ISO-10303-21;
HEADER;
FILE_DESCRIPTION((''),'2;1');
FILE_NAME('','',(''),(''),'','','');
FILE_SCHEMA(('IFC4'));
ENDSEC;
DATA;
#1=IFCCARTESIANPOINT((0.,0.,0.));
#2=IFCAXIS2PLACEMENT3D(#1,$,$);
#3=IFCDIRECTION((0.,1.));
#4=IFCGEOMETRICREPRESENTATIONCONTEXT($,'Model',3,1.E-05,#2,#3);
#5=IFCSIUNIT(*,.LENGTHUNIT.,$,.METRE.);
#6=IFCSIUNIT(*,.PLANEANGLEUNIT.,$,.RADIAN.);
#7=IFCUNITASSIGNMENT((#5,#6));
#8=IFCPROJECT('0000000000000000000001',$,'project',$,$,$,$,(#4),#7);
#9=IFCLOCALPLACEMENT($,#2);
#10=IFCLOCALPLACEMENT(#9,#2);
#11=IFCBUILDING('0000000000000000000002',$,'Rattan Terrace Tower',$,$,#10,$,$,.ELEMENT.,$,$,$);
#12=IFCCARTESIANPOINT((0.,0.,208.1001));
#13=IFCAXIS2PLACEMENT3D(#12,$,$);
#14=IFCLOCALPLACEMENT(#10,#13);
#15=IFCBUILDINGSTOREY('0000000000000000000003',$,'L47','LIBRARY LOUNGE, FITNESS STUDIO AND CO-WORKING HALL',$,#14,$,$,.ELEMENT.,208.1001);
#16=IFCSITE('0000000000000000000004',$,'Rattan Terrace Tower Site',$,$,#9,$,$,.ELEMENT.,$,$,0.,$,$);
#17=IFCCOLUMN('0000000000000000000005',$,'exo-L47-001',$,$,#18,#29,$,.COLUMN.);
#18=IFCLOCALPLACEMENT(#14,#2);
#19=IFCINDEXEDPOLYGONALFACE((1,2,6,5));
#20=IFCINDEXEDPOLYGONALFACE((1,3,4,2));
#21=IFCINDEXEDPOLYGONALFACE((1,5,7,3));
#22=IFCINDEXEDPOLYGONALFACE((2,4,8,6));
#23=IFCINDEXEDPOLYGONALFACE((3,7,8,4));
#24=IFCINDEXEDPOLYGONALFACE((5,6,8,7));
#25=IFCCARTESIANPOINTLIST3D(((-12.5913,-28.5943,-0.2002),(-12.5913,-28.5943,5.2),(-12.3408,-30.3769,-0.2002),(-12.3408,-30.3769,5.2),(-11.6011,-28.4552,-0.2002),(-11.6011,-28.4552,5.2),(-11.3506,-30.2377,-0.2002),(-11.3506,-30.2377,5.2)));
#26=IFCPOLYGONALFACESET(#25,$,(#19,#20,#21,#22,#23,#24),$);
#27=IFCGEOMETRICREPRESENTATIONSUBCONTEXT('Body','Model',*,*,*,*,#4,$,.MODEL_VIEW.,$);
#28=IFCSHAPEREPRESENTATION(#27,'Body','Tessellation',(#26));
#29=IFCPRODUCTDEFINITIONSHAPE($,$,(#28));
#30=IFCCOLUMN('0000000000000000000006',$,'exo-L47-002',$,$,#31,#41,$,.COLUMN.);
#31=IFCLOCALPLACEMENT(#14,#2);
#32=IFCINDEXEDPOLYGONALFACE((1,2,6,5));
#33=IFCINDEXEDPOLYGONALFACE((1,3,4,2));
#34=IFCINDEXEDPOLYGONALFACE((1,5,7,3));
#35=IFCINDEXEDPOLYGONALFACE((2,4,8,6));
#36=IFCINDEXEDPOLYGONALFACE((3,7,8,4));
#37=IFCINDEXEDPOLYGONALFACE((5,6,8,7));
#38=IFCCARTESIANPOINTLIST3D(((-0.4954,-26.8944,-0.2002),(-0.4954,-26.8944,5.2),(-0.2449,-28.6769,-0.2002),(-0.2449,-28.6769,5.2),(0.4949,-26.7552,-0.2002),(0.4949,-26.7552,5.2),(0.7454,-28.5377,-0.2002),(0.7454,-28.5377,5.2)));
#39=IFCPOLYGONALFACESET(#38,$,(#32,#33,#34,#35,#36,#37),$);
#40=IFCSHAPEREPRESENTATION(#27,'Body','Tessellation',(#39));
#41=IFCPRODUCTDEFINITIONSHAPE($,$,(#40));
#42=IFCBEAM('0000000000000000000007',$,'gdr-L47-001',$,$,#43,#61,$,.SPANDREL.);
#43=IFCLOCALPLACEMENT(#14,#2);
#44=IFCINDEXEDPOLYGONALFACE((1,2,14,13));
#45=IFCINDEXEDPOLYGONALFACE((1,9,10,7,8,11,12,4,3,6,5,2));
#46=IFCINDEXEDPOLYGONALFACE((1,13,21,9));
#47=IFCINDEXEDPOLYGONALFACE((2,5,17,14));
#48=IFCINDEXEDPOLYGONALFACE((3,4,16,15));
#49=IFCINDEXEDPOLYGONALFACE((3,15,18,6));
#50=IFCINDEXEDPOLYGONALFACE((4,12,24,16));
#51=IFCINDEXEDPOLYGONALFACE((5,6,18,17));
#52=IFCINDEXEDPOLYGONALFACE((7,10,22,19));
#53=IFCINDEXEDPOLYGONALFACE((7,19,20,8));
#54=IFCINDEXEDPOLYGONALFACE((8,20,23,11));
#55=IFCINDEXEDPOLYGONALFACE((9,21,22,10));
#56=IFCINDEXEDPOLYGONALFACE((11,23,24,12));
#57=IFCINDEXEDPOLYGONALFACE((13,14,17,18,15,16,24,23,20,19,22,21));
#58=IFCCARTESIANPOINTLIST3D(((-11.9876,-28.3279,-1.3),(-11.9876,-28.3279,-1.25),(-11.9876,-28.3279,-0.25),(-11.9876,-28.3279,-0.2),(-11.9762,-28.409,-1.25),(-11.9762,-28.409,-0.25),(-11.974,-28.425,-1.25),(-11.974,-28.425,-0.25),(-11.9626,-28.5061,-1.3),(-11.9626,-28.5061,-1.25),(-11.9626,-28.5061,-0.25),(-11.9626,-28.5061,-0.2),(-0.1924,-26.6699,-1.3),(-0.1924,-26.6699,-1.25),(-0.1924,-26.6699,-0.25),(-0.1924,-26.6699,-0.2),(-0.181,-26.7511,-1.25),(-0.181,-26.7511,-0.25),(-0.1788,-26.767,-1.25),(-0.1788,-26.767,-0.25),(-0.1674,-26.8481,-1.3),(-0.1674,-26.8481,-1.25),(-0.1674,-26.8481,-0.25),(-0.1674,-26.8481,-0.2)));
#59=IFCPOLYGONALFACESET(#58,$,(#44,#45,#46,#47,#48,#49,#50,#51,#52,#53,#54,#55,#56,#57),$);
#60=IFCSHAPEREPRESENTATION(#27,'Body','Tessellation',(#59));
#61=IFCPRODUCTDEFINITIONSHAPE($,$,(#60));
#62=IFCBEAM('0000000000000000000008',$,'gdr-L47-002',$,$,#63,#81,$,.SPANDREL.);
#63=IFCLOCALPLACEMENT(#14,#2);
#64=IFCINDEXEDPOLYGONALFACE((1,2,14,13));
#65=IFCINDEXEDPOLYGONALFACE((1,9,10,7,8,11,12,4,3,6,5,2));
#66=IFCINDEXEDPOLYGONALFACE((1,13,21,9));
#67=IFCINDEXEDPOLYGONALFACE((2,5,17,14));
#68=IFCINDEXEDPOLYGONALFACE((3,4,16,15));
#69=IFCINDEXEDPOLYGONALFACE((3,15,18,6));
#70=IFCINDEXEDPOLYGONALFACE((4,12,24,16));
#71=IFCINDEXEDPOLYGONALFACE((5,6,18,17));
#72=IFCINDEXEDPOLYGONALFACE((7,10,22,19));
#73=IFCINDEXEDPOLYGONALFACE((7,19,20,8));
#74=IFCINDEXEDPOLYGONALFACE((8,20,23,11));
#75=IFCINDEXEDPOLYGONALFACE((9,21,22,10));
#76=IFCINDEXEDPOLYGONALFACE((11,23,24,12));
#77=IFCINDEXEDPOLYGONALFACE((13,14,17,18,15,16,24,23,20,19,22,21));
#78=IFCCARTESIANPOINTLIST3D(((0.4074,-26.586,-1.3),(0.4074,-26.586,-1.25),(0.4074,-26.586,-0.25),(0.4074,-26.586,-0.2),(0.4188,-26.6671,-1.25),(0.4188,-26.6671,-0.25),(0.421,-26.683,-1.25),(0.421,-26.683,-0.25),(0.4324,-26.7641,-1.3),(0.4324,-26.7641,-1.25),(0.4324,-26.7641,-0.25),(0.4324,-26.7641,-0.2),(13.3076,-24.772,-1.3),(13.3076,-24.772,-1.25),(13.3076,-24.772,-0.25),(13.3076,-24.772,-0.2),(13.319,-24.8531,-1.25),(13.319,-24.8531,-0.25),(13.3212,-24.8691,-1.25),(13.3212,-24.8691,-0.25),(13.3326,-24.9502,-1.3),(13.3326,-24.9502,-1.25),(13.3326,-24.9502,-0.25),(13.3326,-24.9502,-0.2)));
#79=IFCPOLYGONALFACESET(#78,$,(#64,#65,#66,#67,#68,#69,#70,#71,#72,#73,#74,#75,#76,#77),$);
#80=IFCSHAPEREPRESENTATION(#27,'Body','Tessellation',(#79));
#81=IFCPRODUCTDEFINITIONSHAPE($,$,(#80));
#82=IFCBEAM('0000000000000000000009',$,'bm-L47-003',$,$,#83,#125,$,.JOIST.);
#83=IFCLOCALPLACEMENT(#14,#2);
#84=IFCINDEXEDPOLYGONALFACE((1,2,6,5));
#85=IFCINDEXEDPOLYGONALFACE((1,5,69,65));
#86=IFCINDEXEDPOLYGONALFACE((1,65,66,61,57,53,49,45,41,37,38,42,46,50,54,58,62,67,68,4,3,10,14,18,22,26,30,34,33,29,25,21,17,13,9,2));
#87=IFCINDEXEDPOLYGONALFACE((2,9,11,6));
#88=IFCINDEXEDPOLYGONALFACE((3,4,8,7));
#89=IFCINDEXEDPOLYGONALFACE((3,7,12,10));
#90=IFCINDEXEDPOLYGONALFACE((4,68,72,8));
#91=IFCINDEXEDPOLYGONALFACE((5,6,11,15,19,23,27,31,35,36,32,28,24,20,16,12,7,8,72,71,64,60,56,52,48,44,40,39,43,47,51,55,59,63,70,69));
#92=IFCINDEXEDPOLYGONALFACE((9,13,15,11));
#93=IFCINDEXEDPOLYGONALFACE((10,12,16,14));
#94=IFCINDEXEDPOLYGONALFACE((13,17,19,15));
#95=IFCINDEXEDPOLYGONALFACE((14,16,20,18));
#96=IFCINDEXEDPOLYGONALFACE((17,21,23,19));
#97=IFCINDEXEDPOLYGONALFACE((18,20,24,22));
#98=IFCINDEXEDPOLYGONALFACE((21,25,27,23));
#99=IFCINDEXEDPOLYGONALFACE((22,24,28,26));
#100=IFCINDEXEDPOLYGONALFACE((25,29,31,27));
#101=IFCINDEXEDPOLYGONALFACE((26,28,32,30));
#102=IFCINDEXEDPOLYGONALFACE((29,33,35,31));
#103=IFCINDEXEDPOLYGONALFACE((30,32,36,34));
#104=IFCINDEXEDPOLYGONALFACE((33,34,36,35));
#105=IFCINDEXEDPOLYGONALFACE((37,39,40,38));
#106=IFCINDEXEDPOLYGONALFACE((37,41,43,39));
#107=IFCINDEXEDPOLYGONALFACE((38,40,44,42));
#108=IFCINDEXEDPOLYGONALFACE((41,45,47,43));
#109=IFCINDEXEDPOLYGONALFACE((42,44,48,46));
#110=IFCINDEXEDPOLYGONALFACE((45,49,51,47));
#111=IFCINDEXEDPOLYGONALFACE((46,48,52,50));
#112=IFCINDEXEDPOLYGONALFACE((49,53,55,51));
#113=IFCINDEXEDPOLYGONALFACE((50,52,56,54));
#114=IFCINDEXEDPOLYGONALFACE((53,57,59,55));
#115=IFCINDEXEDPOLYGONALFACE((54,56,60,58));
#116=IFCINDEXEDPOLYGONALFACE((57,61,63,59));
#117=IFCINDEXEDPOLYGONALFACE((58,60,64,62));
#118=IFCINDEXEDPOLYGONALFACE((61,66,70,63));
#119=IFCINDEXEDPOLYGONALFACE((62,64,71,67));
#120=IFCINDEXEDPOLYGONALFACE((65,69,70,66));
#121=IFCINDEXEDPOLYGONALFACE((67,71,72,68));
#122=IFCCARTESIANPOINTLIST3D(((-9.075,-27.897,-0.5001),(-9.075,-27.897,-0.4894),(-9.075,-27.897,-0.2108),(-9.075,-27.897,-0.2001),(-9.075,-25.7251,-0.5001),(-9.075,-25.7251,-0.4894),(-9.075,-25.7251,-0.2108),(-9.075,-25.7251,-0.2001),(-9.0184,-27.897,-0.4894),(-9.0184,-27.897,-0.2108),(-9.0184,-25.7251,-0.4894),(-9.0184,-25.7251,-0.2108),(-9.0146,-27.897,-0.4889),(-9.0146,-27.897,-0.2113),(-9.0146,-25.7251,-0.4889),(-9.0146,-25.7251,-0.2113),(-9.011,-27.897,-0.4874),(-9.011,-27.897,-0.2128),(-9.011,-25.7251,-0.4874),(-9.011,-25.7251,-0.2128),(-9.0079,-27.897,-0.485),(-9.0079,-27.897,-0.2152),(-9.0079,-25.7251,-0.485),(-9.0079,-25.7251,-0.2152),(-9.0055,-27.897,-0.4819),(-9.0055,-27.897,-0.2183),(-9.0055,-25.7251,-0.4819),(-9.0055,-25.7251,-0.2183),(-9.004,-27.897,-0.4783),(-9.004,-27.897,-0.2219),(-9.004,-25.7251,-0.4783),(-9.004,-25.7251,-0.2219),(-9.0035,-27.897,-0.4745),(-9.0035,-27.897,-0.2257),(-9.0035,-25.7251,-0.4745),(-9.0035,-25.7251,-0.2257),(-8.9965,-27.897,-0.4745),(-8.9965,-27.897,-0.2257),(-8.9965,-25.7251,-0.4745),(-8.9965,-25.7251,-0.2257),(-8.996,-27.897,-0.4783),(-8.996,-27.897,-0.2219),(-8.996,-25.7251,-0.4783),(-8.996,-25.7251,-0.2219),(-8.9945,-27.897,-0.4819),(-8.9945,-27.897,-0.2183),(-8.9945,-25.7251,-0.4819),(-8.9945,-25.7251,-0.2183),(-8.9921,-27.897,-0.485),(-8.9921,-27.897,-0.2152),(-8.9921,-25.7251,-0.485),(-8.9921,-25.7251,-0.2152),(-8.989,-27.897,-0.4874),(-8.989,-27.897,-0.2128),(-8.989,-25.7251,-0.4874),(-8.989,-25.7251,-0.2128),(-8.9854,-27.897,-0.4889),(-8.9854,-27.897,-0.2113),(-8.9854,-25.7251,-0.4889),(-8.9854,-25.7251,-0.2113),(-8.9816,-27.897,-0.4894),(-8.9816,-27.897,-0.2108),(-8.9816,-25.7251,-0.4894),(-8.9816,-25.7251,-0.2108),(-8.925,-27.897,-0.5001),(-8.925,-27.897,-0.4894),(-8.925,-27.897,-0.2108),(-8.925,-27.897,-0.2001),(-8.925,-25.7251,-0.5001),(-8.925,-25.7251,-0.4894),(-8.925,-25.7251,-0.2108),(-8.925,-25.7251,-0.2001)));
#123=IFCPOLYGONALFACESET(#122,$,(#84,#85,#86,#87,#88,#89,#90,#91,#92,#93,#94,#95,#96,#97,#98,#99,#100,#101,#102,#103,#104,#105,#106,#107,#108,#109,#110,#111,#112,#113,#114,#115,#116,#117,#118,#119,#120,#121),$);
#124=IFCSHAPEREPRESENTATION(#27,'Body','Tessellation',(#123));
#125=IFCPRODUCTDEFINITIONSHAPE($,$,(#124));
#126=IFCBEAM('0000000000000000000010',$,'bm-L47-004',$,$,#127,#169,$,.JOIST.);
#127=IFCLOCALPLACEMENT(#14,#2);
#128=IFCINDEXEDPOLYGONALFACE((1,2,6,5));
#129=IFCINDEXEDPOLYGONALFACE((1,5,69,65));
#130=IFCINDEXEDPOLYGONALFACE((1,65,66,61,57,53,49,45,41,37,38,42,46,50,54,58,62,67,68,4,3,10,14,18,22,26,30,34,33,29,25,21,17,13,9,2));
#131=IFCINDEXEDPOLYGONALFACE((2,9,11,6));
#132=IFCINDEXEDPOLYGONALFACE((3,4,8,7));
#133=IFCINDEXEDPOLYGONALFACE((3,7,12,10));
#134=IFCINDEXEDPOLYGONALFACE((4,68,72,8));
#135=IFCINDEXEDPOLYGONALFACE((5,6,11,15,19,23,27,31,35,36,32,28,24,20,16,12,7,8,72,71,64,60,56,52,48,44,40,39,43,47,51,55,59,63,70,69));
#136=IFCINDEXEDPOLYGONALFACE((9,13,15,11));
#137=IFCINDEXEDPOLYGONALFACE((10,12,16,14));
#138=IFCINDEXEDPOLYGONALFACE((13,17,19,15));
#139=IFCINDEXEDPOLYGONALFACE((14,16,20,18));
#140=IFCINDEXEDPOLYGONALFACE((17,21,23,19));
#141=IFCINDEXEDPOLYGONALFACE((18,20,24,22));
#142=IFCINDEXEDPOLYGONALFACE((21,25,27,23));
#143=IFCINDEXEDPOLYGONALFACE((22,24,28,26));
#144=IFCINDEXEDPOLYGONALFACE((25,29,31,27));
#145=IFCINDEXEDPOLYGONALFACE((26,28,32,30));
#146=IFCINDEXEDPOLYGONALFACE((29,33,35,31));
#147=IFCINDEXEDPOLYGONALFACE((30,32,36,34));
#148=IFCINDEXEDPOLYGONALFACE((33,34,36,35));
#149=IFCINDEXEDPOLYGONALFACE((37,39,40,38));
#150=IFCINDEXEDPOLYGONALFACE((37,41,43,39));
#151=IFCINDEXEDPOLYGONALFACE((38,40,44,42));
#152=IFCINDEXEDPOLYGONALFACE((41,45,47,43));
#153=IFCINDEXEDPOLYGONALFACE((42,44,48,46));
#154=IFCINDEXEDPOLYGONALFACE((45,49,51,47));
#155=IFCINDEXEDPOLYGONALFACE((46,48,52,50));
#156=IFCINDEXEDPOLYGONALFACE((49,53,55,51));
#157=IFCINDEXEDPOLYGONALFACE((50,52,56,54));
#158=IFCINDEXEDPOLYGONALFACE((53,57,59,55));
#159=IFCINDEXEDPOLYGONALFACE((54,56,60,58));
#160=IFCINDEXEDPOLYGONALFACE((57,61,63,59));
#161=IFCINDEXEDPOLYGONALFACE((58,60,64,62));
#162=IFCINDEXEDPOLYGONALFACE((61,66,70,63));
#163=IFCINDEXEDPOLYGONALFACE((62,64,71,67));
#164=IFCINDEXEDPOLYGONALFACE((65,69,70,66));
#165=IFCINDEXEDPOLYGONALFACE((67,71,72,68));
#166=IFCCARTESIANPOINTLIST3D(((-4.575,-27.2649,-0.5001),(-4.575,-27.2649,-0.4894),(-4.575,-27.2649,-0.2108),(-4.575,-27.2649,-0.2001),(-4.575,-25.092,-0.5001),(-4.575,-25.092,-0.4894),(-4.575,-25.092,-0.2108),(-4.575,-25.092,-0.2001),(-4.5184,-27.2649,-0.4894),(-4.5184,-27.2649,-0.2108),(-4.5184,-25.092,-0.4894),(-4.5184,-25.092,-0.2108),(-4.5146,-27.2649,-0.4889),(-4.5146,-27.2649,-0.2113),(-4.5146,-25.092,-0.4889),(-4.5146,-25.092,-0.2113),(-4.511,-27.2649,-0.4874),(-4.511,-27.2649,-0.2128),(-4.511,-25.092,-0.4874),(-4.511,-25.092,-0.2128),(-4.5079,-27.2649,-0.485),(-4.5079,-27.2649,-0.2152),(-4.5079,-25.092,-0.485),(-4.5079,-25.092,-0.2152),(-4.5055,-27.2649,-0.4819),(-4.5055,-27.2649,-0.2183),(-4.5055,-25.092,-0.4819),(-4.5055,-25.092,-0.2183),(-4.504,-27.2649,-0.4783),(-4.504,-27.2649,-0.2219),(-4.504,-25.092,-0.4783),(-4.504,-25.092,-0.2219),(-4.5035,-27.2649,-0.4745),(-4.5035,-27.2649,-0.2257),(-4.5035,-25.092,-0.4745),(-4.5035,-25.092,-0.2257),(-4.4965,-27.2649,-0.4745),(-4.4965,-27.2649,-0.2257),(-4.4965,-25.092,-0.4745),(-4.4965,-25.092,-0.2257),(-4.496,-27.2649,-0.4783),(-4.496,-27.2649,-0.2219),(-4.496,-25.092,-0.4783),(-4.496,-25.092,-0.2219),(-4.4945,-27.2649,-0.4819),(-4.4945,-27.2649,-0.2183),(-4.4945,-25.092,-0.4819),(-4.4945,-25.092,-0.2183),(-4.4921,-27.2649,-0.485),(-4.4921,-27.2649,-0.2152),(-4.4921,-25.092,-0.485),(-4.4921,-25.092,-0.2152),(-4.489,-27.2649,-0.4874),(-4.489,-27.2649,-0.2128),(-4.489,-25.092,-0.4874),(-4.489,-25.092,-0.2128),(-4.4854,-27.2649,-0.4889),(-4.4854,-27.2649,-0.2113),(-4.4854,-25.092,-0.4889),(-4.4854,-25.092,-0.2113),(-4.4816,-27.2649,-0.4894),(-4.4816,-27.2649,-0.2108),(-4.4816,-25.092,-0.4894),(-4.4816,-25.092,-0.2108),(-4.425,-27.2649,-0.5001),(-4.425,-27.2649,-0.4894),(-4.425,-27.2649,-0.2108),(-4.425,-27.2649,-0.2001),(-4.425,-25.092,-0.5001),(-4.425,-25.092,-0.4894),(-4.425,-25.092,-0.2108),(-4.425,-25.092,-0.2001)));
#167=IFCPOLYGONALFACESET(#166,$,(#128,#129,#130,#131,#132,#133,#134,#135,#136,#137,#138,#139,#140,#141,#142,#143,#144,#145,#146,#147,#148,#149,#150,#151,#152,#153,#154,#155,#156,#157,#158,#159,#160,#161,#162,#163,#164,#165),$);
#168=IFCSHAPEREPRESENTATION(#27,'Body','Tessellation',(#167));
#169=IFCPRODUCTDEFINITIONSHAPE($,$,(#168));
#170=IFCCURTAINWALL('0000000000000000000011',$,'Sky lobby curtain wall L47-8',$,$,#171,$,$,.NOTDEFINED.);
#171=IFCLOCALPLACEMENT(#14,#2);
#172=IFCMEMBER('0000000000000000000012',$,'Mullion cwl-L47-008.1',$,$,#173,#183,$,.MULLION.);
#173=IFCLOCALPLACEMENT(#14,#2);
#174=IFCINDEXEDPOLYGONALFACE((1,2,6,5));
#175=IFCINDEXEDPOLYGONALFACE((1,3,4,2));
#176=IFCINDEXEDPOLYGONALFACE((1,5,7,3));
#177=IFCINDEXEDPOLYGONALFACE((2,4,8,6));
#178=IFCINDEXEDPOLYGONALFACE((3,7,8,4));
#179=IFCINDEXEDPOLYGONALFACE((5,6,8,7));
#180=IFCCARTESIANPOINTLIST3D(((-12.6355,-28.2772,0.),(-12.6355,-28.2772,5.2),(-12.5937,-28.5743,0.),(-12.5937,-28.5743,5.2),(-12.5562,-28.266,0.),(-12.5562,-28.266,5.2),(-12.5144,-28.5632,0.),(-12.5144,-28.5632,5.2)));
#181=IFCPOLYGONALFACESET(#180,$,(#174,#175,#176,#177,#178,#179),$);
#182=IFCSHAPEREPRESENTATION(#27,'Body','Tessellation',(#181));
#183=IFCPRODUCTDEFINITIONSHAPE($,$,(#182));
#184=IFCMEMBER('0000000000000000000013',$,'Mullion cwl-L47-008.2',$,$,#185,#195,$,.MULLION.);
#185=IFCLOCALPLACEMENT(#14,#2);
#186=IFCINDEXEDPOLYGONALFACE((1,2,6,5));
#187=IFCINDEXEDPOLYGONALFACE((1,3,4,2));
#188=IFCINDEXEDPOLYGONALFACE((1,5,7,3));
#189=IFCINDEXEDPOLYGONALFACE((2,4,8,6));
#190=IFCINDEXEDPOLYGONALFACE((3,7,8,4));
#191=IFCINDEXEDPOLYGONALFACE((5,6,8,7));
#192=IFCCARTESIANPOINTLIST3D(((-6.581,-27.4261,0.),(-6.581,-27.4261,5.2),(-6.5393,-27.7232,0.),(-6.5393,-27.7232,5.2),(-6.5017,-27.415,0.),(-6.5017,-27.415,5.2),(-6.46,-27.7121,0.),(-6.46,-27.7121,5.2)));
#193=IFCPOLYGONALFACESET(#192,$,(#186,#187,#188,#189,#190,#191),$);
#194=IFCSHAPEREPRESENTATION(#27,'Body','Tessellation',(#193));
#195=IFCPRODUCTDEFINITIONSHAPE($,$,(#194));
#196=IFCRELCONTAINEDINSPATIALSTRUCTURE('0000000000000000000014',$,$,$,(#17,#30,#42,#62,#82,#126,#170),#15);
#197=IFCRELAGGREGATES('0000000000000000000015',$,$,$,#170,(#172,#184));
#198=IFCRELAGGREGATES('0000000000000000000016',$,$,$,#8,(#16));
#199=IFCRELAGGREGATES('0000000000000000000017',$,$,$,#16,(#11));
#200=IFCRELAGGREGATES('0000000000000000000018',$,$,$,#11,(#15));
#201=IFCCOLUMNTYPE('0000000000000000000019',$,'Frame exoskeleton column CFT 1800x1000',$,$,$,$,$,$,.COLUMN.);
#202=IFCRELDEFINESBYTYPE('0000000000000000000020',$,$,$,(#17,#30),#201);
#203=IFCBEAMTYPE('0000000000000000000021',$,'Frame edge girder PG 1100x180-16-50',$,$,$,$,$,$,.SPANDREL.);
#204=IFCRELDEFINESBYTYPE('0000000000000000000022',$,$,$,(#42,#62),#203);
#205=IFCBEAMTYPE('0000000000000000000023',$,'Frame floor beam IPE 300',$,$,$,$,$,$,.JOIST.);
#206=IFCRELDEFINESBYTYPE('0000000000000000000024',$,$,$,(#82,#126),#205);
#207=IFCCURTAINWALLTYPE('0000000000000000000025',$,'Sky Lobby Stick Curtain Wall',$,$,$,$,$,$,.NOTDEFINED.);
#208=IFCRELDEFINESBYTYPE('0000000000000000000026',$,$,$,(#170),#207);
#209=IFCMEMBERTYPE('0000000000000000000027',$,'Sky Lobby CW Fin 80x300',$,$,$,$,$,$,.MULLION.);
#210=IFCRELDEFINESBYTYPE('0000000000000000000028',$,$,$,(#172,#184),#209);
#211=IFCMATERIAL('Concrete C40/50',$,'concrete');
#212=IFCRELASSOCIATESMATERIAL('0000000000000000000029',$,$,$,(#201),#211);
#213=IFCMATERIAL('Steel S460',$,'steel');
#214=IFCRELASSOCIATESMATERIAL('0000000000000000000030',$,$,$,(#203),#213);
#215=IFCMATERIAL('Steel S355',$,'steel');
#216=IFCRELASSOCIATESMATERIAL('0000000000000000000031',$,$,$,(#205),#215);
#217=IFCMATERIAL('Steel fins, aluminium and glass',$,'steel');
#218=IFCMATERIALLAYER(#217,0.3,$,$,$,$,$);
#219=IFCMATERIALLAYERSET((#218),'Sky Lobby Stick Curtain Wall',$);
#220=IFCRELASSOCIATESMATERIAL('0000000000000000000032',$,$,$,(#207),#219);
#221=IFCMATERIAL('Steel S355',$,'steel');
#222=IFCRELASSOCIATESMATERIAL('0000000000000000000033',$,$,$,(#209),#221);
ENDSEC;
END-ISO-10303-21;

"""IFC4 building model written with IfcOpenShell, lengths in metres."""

from ifc_helpers import new_model, si_unit, direction, frame, origin, origin_2d, place, context, subcontext, project, spatial, rectangle, i_section, extrude, material, layer, layer_set, material_profile, profile_set, type_object, element, aggregate, save


model = new_model("IFC4")

# Units and contexts
model_context = context("Model", 3, precision=1e-05, world=origin(), true_north=direction((0.0, 1.0)))
body_context = subcontext(model_context, "Body", "Model", "MODEL_VIEW")
ifc_project = project(units=[si_unit("LENGTHUNIT", "METRE"), si_unit("PLANEANGLEUNIT", "RADIAN")], contexts=[model_context])

# Site, building, storey
site_placement = place(None, origin())
site = spatial("IfcSite", under=ifc_project, at=site_placement, Name="Rattan Terrace Tower Site", CompositionType="ELEMENT", RefElevation=0.0)
building_placement = place(site_placement, origin())
building = spatial("IfcBuilding", under=site, at=building_placement, Name="Rattan Terrace Tower", CompositionType="ELEMENT")
storey_placement = place(building_placement, frame((0.0, 0.0, 208.1001)))
storey = spatial("IfcBuildingStorey", under=building, at=storey_placement, Name="L47", Description="LIBRARY LOUNGE, FITNESS STUDIO AND CO-WORKING HALL", CompositionType="ELEMENT", Elevation=208.1001)

# Columns
ifc_material_1 = material(Name="Concrete C40/50", Category="concrete")
ifc_material_profile_1 = material_profile(ifc_material_1, rectangle(XDim=1.0, YDim=1.8, at=origin_2d()), Name="CFT 1800x1000")
ifc_profile_set_1 = profile_set([ifc_material_profile_1], Name="Concrete C40/50")
column_type = type_object("IfcColumnType", Name="Frame exoskeleton column CFT 1800x1000", PredefinedType="COLUMN", material=ifc_profile_set_1)
for number, where, z_axis, x_axis, name in (
    (1, (-11.9709, -29.416, -0.2002), (0.0, 0.0, 1.0), (0.990268, 0.139173, 0.0), "exo-L47-001"),
    (2, (0.125, -27.7161, -0.2002), (0.0, 0.0, 1.0), (0.990268, 0.139173, 0.0), "exo-L47-002"),
):
    element("IfcColumn", number, at=place(storey_placement, frame(where, z_axis=z_axis, x_axis=x_axis)), inside=storey, type_object=column_type, Name=name, PredefinedType="COLUMN", context=body_context, shape_type="SweptSolid", body=[
        extrude(rectangle(XDim=1.0, YDim=1.8, at=origin_2d()), origin(), (0.0, 0.0, 1.0), 5.4001),
    ])

# Beams
ifc_material_2 = material(Name="Steel S460", Category="steel")
ifc_material_profile_2 = material_profile(ifc_material_2, i_section(OverallWidth=0.1799, OverallDepth=1.1001, WebThickness=0.0161, FlangeThickness=0.05, at=origin_2d()), Name="PG 1100x180-16-50")
ifc_profile_set_2 = profile_set([ifc_material_profile_2], Name="Steel S460")
beam_type_1 = type_object("IfcBeamType", Name="Frame edge girder PG 1100x180-16-50", PredefinedType="SPANDREL", material=ifc_profile_set_2)
beam_1_placement = place(storey_placement, frame((-11.9751, -28.417, -0.75), z_axis=(0.990265, 0.139194, 0.0), x_axis=(-0.139194, 0.990265, 0.0)))
element("IfcBeam", 3, at=beam_1_placement, inside=storey, type_object=beam_type_1, Name="gdr-L47-001", PredefinedType="SPANDREL", context=body_context, shape_type="SweptSolid", body=[
    extrude(i_section(OverallWidth=0.1799, OverallDepth=1.1001, WebThickness=0.0161, FlangeThickness=0.05, at=origin_2d()), origin(), (0.0, 0.0, 1.0), 11.9111),
])
beam_2_placement = place(storey_placement, frame((0.4199, -26.675, -0.75), z_axis=(0.990258, 0.139246, 0.0), x_axis=(-0.139246, 0.990258, 0.0)))
element("IfcBeam", 4, at=beam_2_placement, inside=storey, type_object=beam_type_1, Name="gdr-L47-002", PredefinedType="SPANDREL", context=body_context, shape_type="SweptSolid", body=[
    extrude(i_section(OverallWidth=0.1799, OverallDepth=1.1001, WebThickness=0.0161, FlangeThickness=0.05, at=origin_2d()), origin(), (0.0, 0.0, 1.0), 13.0271),
])
ifc_material_3 = material(Name="Steel S355", Category="steel")
ifc_material_profile_3 = material_profile(ifc_material_3, i_section(OverallWidth=0.1499, OverallDepth=0.3, WebThickness=0.0071, FlangeThickness=0.0107, FilletRadius=0.0149, at=origin_2d()), Name="IPE 300")
ifc_profile_set_3 = profile_set([ifc_material_profile_3], Name="Steel S355")
beam_type_2 = type_object("IfcBeamType", Name="Frame floor beam IPE 300", PredefinedType="JOIST", material=ifc_profile_set_3)
beam_3_placement = place(storey_placement, frame((-9.0, -27.897, -0.3501), z_axis=(0.0, 1.0, 0.0), x_axis=(-1.0, 0.0, 0.0)))
element("IfcBeam", 5, at=beam_3_placement, inside=storey, type_object=beam_type_2, Name="bm-L47-003", PredefinedType="JOIST", context=body_context, shape_type="SweptSolid", body=[
    extrude(i_section(OverallWidth=0.1499, OverallDepth=0.3, WebThickness=0.0071, FlangeThickness=0.0107, FilletRadius=0.0149, at=origin_2d()), origin(), (0.0, 0.0, 1.0), 2.1719),
])
beam_4_placement = place(storey_placement, frame((-4.5, -27.2649, -0.3501), z_axis=(0.0, 1.0, 0.0), x_axis=(-1.0, 0.0, 0.0)))
element("IfcBeam", 6, at=beam_4_placement, inside=storey, type_object=beam_type_2, Name="bm-L47-004", PredefinedType="JOIST", context=body_context, shape_type="SweptSolid", body=[
    extrude(i_section(OverallWidth=0.1499, OverallDepth=0.3, WebThickness=0.0071, FlangeThickness=0.0107, FilletRadius=0.0149, at=origin_2d()), origin(), (0.0, 0.0, 1.0), 2.1729),
])

# Curtain wall, members
ifc_material_4 = material(Name="Steel fins, aluminium and glass", Category="steel")
ifc_layer_1 = layer(ifc_material_4, 0.3)
ifc_layer_set_1 = layer_set([ifc_layer_1], Name="Sky Lobby Stick Curtain Wall")
curtain_wall_type = type_object("IfcCurtainWallType", Name="Sky Lobby Stick Curtain Wall", PredefinedType="NOTDEFINED", material=ifc_layer_set_1)
curtain_wall_placement = place(storey_placement, origin())
curtain_wall = element("IfcCurtainWall", 7, at=curtain_wall_placement, inside=storey, type_object=curtain_wall_type, Name="Sky lobby curtain wall L47-8", PredefinedType="NOTDEFINED")
ifc_material_5 = material(Name="Steel S355", Category="steel")
ifc_material_profile_4 = material_profile(ifc_material_5, rectangle(XDim=0.0801, YDim=0.3, at=origin_2d()), Name="Steel S355 80x300")
ifc_profile_set_4 = profile_set([ifc_material_profile_4], Name="Steel S355")
member_type_1 = type_object("IfcMemberType", Name="Sky Lobby CW Fin 80x300", PredefinedType="MULLION", material=ifc_profile_set_4)
member_1_placement = place(storey_placement, frame((-12.575, -28.4202, 0.0), z_axis=(0.0, 0.0, 1.0), x_axis=(0.990267, 0.139177, 0.0)))
member_1 = element("IfcMember", 8, at=member_1_placement, type_object=member_type_1, Name="Mullion cwl-L47-008.1", PredefinedType="MULLION", context=body_context, shape_type="SweptSolid", body=[
    extrude(rectangle(XDim=0.0801, YDim=0.3, at=origin_2d()), origin(), (0.0, 0.0, 1.0), 5.2),
])
member_2_placement = place(storey_placement, frame((-6.5205, -27.5691, 0.0), z_axis=(0.0, 0.0, 1.0), x_axis=(0.990267, 0.139177, 0.0)))
member_2 = element("IfcMember", 9, at=member_2_placement, type_object=member_type_1, Name="Mullion cwl-L47-008.2", PredefinedType="MULLION", context=body_context, shape_type="SweptSolid", body=[
    extrude(rectangle(XDim=0.0801, YDim=0.3, at=origin_2d()), origin(), (0.0, 0.0, 1.0), 5.2),
])
aggregate(curtain_wall, [member_1, member_2])

save(model, "model.ifc")
